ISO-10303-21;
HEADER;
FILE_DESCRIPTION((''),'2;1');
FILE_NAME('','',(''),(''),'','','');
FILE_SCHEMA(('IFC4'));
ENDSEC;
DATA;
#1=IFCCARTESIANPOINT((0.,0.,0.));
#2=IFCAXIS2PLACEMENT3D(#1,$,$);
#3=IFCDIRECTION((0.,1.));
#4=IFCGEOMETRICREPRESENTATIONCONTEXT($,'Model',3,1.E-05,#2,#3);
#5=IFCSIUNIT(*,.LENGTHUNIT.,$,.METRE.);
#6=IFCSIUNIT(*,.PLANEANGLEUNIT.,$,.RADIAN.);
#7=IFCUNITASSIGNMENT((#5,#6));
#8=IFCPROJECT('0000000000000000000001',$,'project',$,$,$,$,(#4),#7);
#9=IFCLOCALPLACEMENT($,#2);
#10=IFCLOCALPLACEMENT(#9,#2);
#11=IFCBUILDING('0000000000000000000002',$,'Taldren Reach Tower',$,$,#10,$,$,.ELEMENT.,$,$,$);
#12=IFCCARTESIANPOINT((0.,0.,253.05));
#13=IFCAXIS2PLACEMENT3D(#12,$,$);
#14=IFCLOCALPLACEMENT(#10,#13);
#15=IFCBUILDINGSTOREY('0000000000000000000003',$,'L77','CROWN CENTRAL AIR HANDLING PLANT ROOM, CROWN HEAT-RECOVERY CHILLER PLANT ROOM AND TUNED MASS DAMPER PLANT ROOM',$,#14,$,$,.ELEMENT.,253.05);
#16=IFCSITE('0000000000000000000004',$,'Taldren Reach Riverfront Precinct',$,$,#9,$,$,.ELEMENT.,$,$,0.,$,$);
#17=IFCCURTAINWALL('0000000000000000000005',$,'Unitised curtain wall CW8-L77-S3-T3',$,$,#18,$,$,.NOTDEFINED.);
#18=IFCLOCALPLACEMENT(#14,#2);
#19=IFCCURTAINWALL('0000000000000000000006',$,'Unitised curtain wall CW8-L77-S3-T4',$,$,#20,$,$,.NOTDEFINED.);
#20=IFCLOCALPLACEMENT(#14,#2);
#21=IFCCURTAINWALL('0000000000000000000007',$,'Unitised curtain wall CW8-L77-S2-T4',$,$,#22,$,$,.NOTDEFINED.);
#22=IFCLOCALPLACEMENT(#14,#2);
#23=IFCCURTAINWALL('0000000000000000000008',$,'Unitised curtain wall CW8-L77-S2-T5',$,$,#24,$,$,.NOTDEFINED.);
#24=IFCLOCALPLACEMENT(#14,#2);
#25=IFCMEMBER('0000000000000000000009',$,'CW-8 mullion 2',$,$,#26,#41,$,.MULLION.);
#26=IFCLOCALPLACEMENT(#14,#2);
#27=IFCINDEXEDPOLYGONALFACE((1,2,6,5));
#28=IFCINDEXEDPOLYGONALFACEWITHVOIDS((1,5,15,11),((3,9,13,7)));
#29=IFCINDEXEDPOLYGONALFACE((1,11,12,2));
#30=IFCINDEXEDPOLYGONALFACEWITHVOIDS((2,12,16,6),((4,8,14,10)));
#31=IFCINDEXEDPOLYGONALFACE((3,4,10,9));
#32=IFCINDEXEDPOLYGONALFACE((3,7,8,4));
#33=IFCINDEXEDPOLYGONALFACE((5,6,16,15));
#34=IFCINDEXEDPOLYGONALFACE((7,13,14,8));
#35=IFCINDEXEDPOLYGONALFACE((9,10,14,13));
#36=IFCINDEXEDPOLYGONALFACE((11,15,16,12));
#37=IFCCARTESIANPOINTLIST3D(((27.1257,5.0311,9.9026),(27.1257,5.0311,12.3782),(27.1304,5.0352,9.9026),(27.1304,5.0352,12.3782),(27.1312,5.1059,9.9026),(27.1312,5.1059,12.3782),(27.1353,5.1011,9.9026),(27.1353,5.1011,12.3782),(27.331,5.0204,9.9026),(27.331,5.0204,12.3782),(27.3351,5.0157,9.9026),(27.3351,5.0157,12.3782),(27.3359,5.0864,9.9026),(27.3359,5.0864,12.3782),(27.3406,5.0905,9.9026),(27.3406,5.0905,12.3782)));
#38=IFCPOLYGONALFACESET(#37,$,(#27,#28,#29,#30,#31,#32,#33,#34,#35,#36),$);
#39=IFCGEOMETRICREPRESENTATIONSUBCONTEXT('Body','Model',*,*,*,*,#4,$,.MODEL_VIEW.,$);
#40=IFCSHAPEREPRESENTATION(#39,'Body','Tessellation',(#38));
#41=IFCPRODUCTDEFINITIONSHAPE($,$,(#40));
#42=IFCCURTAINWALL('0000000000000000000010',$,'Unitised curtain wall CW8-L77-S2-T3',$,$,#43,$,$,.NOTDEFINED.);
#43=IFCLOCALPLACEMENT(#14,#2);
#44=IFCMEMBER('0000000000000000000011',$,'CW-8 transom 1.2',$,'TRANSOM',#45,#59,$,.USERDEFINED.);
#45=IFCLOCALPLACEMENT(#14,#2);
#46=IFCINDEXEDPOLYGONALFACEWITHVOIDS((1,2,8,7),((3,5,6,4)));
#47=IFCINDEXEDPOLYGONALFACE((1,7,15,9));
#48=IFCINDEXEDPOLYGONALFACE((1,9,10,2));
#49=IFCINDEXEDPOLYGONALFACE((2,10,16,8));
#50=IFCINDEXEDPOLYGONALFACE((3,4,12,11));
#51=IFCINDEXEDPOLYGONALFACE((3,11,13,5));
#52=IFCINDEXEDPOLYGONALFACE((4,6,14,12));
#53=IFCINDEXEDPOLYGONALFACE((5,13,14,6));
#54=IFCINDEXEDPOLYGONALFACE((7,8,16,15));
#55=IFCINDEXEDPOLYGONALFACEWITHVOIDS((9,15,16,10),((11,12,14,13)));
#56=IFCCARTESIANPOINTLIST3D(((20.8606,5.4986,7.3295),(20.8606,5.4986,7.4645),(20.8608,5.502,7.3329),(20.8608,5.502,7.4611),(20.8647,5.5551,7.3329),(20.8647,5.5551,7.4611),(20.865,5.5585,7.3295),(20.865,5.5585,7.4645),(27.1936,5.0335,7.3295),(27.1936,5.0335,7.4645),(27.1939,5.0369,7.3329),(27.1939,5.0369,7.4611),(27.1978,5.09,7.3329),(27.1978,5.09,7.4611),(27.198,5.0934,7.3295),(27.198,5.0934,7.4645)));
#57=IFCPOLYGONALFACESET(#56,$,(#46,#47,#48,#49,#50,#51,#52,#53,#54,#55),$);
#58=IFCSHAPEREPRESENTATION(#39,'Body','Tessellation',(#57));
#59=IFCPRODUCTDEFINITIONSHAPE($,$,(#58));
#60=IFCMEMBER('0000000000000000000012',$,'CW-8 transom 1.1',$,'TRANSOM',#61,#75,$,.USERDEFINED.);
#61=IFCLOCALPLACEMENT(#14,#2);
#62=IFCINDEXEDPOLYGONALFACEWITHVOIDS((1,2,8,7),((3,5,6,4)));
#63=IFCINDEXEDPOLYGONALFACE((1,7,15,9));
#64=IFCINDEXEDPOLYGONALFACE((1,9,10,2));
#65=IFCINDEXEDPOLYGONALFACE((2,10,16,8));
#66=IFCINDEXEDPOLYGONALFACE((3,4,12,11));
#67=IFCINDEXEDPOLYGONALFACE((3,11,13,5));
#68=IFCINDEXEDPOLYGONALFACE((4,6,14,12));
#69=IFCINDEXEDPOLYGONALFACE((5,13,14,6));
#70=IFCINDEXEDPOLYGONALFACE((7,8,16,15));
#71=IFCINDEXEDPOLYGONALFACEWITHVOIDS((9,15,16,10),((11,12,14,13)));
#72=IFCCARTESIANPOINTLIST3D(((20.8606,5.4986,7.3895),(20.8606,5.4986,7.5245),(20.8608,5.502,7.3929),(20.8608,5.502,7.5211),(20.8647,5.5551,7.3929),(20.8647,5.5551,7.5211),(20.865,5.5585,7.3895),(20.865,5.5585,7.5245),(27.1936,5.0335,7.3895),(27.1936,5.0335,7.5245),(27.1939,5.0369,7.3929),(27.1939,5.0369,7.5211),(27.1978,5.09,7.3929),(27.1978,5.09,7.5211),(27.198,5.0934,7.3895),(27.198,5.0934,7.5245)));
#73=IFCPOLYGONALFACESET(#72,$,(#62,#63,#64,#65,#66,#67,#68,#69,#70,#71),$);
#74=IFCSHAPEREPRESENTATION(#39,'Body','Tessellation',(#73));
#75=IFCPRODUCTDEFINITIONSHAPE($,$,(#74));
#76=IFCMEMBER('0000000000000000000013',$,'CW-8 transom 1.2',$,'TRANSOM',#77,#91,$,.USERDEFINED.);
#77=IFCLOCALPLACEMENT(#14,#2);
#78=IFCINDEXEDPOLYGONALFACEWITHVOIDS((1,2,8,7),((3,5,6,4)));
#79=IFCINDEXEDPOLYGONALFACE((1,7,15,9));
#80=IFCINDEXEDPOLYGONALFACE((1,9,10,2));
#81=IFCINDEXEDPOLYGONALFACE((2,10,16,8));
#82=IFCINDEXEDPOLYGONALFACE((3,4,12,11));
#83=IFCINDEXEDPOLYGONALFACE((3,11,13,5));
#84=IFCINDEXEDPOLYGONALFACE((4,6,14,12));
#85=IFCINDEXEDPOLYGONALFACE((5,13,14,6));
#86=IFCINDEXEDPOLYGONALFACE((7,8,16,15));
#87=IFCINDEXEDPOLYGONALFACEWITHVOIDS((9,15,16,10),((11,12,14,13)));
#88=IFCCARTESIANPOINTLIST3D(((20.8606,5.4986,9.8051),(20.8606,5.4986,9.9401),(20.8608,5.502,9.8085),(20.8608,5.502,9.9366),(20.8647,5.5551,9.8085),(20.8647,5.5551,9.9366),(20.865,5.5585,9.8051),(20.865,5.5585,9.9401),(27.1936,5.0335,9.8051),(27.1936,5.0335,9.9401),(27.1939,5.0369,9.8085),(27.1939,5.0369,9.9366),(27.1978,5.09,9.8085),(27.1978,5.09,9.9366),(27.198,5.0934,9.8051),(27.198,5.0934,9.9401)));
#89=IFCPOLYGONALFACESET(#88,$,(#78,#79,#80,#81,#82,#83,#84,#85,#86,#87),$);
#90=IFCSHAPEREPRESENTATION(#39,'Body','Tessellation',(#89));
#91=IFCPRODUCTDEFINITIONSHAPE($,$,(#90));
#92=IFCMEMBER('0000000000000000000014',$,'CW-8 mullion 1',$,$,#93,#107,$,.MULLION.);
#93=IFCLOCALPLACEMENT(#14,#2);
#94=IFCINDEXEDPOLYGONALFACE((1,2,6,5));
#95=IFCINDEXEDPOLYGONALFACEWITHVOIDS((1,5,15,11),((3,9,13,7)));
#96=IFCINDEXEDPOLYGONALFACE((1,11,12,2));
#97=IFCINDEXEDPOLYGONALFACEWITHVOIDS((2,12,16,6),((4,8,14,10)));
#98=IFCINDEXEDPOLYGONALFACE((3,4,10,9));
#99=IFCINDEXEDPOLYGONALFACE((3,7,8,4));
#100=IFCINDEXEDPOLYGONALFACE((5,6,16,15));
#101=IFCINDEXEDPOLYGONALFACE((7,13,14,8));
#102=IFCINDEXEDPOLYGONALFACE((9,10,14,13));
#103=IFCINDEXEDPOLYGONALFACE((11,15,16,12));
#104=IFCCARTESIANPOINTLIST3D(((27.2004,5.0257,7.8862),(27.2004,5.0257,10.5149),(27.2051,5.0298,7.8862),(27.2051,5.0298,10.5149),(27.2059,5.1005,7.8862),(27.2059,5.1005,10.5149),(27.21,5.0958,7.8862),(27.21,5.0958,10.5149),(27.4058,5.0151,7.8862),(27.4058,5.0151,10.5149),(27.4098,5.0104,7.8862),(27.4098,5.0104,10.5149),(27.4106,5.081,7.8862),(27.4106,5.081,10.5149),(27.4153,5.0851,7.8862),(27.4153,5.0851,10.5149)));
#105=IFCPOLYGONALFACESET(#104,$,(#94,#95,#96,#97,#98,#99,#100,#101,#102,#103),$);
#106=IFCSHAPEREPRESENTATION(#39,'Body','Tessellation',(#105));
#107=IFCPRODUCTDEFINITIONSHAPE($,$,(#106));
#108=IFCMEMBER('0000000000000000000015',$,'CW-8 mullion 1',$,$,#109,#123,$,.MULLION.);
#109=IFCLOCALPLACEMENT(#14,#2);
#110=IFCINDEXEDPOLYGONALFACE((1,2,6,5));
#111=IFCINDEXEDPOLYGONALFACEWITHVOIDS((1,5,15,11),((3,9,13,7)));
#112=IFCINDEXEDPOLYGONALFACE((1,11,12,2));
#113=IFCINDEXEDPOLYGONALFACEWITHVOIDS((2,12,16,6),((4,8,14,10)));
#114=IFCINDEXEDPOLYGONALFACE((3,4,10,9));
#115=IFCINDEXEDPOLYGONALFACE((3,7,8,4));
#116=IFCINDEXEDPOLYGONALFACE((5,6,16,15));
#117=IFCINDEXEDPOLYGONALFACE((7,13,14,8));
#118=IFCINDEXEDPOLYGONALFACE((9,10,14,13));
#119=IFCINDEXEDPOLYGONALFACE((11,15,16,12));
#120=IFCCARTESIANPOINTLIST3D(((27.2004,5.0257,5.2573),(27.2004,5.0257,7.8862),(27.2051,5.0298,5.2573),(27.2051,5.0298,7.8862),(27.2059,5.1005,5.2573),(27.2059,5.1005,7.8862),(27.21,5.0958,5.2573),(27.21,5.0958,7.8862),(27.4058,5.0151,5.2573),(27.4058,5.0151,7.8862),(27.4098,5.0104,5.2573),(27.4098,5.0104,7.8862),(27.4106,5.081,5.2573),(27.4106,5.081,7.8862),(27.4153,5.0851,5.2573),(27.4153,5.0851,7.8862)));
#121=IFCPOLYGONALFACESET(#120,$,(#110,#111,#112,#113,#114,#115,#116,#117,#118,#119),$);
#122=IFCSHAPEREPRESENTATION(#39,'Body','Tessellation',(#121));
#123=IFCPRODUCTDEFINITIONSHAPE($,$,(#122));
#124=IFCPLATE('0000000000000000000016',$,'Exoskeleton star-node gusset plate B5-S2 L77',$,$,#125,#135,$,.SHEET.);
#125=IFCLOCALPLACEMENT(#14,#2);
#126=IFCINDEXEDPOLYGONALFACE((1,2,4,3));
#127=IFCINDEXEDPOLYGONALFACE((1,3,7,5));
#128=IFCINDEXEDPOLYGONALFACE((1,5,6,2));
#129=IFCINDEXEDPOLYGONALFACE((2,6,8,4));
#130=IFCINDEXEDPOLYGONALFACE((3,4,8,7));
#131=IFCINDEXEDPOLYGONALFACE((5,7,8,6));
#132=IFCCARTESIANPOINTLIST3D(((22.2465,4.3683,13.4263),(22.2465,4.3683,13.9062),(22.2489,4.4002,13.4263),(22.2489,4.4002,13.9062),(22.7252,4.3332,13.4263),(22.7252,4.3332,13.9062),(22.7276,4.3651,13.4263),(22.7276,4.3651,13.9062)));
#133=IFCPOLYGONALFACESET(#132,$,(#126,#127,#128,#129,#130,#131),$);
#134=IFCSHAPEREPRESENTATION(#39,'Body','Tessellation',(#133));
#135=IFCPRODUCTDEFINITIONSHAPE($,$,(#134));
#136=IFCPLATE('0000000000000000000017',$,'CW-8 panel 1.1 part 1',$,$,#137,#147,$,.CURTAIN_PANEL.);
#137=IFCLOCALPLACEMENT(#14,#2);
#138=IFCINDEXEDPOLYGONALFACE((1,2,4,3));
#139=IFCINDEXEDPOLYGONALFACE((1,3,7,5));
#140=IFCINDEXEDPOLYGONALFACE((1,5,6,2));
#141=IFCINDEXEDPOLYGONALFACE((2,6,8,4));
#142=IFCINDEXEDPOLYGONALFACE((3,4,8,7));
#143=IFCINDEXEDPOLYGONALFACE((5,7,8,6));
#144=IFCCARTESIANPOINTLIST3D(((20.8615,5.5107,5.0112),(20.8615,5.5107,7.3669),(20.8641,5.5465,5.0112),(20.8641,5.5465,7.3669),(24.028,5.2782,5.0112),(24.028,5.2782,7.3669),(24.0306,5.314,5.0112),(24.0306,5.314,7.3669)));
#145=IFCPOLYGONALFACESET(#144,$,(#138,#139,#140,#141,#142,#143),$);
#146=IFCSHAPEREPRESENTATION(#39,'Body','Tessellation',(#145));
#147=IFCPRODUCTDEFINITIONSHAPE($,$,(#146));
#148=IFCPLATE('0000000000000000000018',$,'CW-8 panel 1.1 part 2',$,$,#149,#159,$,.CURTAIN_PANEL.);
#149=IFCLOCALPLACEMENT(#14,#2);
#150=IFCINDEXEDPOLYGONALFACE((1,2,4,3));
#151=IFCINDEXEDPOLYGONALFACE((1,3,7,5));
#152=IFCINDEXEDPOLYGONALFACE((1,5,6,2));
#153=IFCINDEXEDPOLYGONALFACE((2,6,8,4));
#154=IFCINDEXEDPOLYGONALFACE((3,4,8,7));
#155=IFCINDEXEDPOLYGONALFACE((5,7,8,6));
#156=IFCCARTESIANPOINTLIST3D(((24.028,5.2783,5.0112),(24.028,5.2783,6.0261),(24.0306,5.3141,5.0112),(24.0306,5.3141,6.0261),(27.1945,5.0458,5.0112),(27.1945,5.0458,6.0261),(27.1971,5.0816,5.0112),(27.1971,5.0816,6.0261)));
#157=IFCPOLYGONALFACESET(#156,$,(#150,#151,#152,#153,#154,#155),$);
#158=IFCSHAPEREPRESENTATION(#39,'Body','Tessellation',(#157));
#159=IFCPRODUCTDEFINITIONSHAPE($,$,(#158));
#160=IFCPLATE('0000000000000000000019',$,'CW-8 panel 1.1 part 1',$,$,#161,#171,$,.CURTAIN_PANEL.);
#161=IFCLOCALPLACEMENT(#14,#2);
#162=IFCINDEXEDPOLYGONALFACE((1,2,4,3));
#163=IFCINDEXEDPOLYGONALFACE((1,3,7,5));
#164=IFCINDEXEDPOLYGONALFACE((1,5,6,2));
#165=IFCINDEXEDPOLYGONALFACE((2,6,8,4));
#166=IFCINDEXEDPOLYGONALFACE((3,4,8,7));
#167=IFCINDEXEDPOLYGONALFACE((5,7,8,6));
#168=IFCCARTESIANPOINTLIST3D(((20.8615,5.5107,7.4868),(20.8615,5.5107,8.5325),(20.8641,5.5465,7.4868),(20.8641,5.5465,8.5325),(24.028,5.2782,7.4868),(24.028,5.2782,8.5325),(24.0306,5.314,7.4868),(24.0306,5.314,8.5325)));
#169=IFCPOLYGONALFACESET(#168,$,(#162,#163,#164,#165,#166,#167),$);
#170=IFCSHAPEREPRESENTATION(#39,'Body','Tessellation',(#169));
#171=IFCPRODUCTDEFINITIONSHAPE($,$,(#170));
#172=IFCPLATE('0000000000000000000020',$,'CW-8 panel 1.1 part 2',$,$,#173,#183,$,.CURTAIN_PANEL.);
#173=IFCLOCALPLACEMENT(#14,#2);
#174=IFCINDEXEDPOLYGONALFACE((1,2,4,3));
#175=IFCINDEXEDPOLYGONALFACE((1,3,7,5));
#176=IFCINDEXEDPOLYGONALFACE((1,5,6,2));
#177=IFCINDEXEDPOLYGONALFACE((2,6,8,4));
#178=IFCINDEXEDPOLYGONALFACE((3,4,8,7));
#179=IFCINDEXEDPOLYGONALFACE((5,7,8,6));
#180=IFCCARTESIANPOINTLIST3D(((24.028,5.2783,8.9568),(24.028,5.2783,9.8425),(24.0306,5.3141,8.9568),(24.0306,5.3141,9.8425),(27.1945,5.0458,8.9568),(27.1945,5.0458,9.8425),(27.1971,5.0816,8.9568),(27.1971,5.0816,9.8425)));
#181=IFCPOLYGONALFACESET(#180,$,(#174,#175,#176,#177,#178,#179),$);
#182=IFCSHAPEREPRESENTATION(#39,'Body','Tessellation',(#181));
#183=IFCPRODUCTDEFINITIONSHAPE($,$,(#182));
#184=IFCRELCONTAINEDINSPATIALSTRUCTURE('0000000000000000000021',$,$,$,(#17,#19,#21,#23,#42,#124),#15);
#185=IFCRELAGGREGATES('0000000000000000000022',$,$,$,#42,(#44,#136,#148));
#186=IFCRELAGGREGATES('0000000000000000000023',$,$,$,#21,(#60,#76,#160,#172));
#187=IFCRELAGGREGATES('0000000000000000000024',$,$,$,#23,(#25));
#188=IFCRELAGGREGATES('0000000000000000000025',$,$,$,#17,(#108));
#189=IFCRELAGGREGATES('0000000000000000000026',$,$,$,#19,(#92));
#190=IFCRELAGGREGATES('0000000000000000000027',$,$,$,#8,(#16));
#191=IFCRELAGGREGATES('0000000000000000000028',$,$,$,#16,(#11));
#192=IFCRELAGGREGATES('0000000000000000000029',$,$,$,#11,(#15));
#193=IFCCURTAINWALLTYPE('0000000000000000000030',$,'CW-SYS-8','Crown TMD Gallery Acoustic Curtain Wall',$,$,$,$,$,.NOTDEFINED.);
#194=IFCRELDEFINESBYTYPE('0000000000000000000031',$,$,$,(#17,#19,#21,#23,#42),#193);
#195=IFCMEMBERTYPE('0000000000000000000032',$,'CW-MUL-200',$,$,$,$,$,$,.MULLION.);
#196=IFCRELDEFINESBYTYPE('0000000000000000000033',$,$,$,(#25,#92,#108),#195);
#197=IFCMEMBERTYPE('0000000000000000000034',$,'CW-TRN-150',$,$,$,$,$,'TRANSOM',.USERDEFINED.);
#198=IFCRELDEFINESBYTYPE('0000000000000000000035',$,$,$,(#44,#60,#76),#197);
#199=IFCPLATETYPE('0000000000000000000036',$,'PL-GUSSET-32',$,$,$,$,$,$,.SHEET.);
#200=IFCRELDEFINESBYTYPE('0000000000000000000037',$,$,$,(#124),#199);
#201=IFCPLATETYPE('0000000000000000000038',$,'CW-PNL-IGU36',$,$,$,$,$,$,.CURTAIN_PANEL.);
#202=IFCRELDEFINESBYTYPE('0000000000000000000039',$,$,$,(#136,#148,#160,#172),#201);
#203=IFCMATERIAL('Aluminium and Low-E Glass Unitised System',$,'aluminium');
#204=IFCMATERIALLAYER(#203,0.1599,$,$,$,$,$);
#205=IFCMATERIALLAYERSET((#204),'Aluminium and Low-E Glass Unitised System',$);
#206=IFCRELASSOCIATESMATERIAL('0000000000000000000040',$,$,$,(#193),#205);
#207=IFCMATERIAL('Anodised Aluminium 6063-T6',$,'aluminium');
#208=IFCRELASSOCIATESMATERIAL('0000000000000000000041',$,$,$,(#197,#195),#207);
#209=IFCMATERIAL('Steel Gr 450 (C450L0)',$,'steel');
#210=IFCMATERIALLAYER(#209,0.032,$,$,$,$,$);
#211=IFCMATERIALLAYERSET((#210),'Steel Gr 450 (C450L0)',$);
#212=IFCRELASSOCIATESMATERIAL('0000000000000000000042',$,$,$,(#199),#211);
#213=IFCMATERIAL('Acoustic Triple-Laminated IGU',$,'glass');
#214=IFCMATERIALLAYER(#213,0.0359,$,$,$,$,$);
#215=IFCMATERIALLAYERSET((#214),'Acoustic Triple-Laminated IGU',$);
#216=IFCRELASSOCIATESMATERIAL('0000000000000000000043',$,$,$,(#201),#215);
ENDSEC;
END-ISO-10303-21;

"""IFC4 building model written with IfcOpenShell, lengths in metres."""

from ifc_helpers import new_model, si_unit, direction, frame, origin, origin_2d, place, context, subcontext, project, spatial, rectangle, hollow_rectangle, extrude, source, transform, mapped, material, layer, layer_set, material_profile, profile_set, type_object, element, aggregate, save


model = new_model("IFC4")

# Units and contexts
model_context = context("Model", 3, precision=1e-05, world=origin(), true_north=direction((0.0, 1.0)))
body_context = subcontext(model_context, "Body", "Model", "MODEL_VIEW")
ifc_project = project(units=[si_unit("LENGTHUNIT", "METRE"), si_unit("PLANEANGLEUNIT", "RADIAN")], contexts=[model_context])

# Site, building, storey
site_placement = place(None, origin())
site = spatial("IfcSite", under=ifc_project, at=site_placement, Name="Taldren Reach Riverfront Precinct", CompositionType="ELEMENT", RefElevation=0.0)
building_placement = place(site_placement, origin())
building = spatial("IfcBuilding", under=site, at=building_placement, Name="Taldren Reach Tower", CompositionType="ELEMENT")
storey_placement = place(building_placement, frame((0.0, 0.0, 253.05)))
storey = spatial("IfcBuildingStorey", under=building, at=storey_placement, Name="L77", Description="CROWN CENTRAL AIR HANDLING PLANT ROOM, CROWN HEAT-RECOVERY CHILLER PLANT ROOM AND TUNED MASS DAMPER PLANT ROOM", CompositionType="ELEMENT", Elevation=253.05)

# Shared definitions
ifc_material_1 = material(Name="Aluminium and Low-E Glass Unitised System", Category="aluminium")
ifc_layer_1 = layer(ifc_material_1, 0.1599)
ifc_layer_set_1 = layer_set([ifc_layer_1], Name="Aluminium and Low-E Glass Unitised System")
curtain_wall_type = type_object("IfcCurtainWallType", Name="CW-SYS-8", Description="Crown TMD Gallery Acoustic Curtain Wall", PredefinedType="NOTDEFINED", material=ifc_layer_set_1)
ifc_material_2 = material(Name="Anodised Aluminium 6063-T6", Category="aluminium")
ifc_material_profile_1 = material_profile(ifc_material_2, hollow_rectangle(XDim=0.0601, YDim=0.135, WallThickness=0.0034, at=origin_2d()), Name="ALU-135x60x3.5RHS")
ifc_profile_set_1 = profile_set([ifc_material_profile_1], Name="Anodised Aluminium 6063-T6")
member_type_1 = type_object("IfcMemberType", Name="CW-TRN-150", ElementType="TRANSOM", PredefinedType="USERDEFINED", material=ifc_profile_set_1)

# Curtain walls
curtain_wall_1_placement = place(storey_placement, origin())
curtain_wall_1 = element("IfcCurtainWall", 1, at=curtain_wall_1_placement, inside=storey, type_object=curtain_wall_type, Name="Unitised curtain wall CW8-L77-S3-T3", PredefinedType="NOTDEFINED")
curtain_wall_2_placement = place(storey_placement, origin())
curtain_wall_2 = element("IfcCurtainWall", 2, at=curtain_wall_2_placement, inside=storey, type_object=curtain_wall_type, Name="Unitised curtain wall CW8-L77-S3-T4", PredefinedType="NOTDEFINED")

# Curtain walls, members
curtain_wall_3_placement = place(storey_placement, origin())
curtain_wall_3 = element("IfcCurtainWall", 3, at=curtain_wall_3_placement, inside=storey, type_object=curtain_wall_type, Name="Unitised curtain wall CW8-L77-S2-T4", PredefinedType="NOTDEFINED")
ifc_material_profile_2 = material_profile(ifc_material_2, hollow_rectangle(XDim=0.075, YDim=0.21, WallThickness=0.0044, at=origin_2d()), Name="ALU-210x75x4.5RHS")
ifc_profile_set_2 = profile_set([ifc_material_profile_2], Name="Anodised Aluminium 6063-T6")
member_type_2 = type_object("IfcMemberType", Name="CW-MUL-200", PredefinedType="MULLION", material=ifc_profile_set_2)
shared_shape_1 = source(origin(), body_context, "Body", "SweptSolid", [
    extrude(hollow_rectangle(XDim=0.075, YDim=0.21, WallThickness=0.0044, at=origin_2d()), origin(), (0.0, 0.0, 1.0), 2.4756),
])
curtain_wall_4_placement = place(storey_placement, origin())
curtain_wall_4 = element("IfcCurtainWall", 4, at=curtain_wall_4_placement, inside=storey, type_object=curtain_wall_type, Name="Unitised curtain wall CW8-L77-S2-T5", PredefinedType="NOTDEFINED")
member_1_placement = place(storey_placement, frame((27.2332, 5.0608, 9.9026), z_axis=(0.0, 0.0, 1.0), x_axis=(0.073238, 0.997314, 0.0)))
member_1 = element("IfcMember", 5, at=member_1_placement, type_object=member_type_2, Name="CW-8 mullion 2", PredefinedType="MULLION", context=body_context, shape_type="MappedRepresentation", body=[
    mapped(shared_shape_1, transform((0.0, 0.0, 0.0), scale=1.0)),
])
curtain_wall_5_placement = place(storey_placement, origin())
curtain_wall_5 = element("IfcCurtainWall", 6, at=curtain_wall_5_placement, inside=storey, type_object=curtain_wall_type, Name="Unitised curtain wall CW8-L77-S2-T3", PredefinedType="NOTDEFINED")
shared_shape_2 = source(origin(), body_context, "Body", "SweptSolid", [
    extrude(hollow_rectangle(XDim=0.0601, YDim=0.135, WallThickness=0.0034, at=origin_2d()), origin(), (0.0, 0.0, 1.0), 6.3501),
])
member_2_placement = place(storey_placement, frame((20.8628, 5.5286, 7.397), z_axis=(0.997314, -0.073241, 0.0), x_axis=(0.073241, 0.997314, 0.0)))
member_2 = element("IfcMember", 7, at=member_2_placement, type_object=member_type_1, Name="CW-8 transom 1.2", ObjectType="TRANSOM", PredefinedType="USERDEFINED", context=body_context, shape_type="MappedRepresentation", body=[
    mapped(shared_shape_2, transform((0.0, 0.0, 0.0), scale=1.0)),
])

# Members
member_3_placement = place(storey_placement, frame((20.8628, 5.5286, 7.457), z_axis=(0.997314, -0.073241, 0.0), x_axis=(0.073241, 0.997314, 0.0)))
member_3 = element("IfcMember", 8, at=member_3_placement, type_object=member_type_1, Name="CW-8 transom 1.1", ObjectType="TRANSOM", PredefinedType="USERDEFINED", context=body_context, shape_type="MappedRepresentation", body=[
    mapped(shared_shape_2, transform((0.0, 0.0, 0.0), scale=1.0)),
])
member_4_placement = place(storey_placement, frame((20.8628, 5.5286, 9.8726), z_axis=(0.997314, -0.073241, 0.0), x_axis=(0.073241, 0.997314, 0.0)))
member_4 = element("IfcMember", 9, at=member_4_placement, type_object=member_type_1, Name="CW-8 transom 1.2", ObjectType="TRANSOM", PredefinedType="USERDEFINED", context=body_context, shape_type="MappedRepresentation", body=[
    mapped(shared_shape_2, transform((0.0, 0.0, 0.0), scale=1.0)),
])
shared_shape_3 = source(origin(), body_context, "Body", "SweptSolid", [
    extrude(hollow_rectangle(XDim=0.075, YDim=0.21, WallThickness=0.0044, at=origin_2d()), origin(), (0.0, 0.0, 1.0), 2.6287),
])
member_5_placement = place(storey_placement, frame((27.3079, 5.0554, 7.8862), z_axis=(0.0, 0.0, 1.0), x_axis=(0.073237, 0.997315, 0.0)))
member_5 = element("IfcMember", 10, at=member_5_placement, type_object=member_type_2, Name="CW-8 mullion 1", PredefinedType="MULLION", context=body_context, shape_type="MappedRepresentation", body=[
    mapped(shared_shape_3, transform((0.0, 0.0, 0.0), scale=1.0)),
])
shared_shape_4 = source(origin(), body_context, "Body", "SweptSolid", [
    extrude(hollow_rectangle(XDim=0.075, YDim=0.21, WallThickness=0.0044, at=origin_2d()), origin(), (0.0, 0.0, 1.0), 2.6289),
])
member_6_placement = place(storey_placement, frame((27.3079, 5.0554, 5.2573), z_axis=(0.0, 0.0, 1.0), x_axis=(0.073237, 0.997315, 0.0)))
member_6 = element("IfcMember", 11, at=member_6_placement, type_object=member_type_2, Name="CW-8 mullion 1", PredefinedType="MULLION", context=body_context, shape_type="MappedRepresentation", body=[
    mapped(shared_shape_4, transform((0.0, 0.0, 0.0), scale=1.0)),
])

# Plates
ifc_material_3 = material(Name="Steel Gr 450 (C450L0)", Category="steel")
ifc_layer_2 = layer(ifc_material_3, 0.032)
ifc_layer_set_2 = layer_set([ifc_layer_2], Name="Steel Gr 450 (C450L0)")
plate_type_1 = type_object("IfcPlateType", Name="PL-GUSSET-32", PredefinedType="SHEET", material=ifc_layer_set_2)
shared_shape_5 = source(origin(), body_context, "Body", "SweptSolid", [
    extrude(rectangle(XDim=0.48, YDim=0.032, at=origin_2d()), origin(), (0.0, 0.0, 1.0), 0.48),
])
plate_1_placement = place(storey_placement, frame((22.4871, 4.3667, 13.4263), z_axis=(0.0, 0.0, 1.0), x_axis=(0.997314, -0.073238, 0.0)))
element("IfcPlate", 12, at=plate_1_placement, inside=storey, type_object=plate_type_1, Name="Exoskeleton star-node gusset plate B5-S2 L77", PredefinedType="SHEET", context=body_context, shape_type="MappedRepresentation", body=[
    mapped(shared_shape_5, transform((0.0, 0.0, 0.0), scale=1.0)),
])
ifc_material_4 = material(Name="Acoustic Triple-Laminated IGU", Category="glass")
ifc_layer_3 = layer(ifc_material_4, 0.0359)
ifc_layer_set_3 = layer_set([ifc_layer_3], Name="Acoustic Triple-Laminated IGU")
plate_type_2 = type_object("IfcPlateType", Name="CW-PNL-IGU36", PredefinedType="CURTAIN_PANEL", material=ifc_layer_set_3)
shared_shape_6 = source(origin(), body_context, "Body", "SweptSolid", [
    extrude(rectangle(XDim=3.175, YDim=0.0359, at=origin_2d()), origin(), (0.0, 0.0, 1.0), 2.3557),
])
plate_2_placement = place(storey_placement, frame((22.446, 5.4124, 5.0112), z_axis=(0.0, 0.0, 1.0), x_axis=(0.997314, -0.073238, 0.0)))
plate_2 = element("IfcPlate", 13, at=plate_2_placement, type_object=plate_type_2, Name="CW-8 panel 1.1 part 1", PredefinedType="CURTAIN_PANEL", context=body_context, shape_type="MappedRepresentation", body=[
    mapped(shared_shape_6, transform((0.0, 0.0, 0.0), scale=1.0)),
])
shared_shape_7 = source(origin(), body_context, "Body", "SweptSolid", [
    extrude(rectangle(XDim=3.175, YDim=0.0359, at=origin_2d()), origin(), (0.0, 0.0, 1.0), 1.0149),
])
plate_3_placement = place(storey_placement, frame((25.6125, 5.1799, 5.0112), z_axis=(0.0, 0.0, 1.0), x_axis=(0.997314, -0.073238, 0.0)))
plate_3 = element("IfcPlate", 14, at=plate_3_placement, type_object=plate_type_2, Name="CW-8 panel 1.1 part 2", PredefinedType="CURTAIN_PANEL", context=body_context, shape_type="MappedRepresentation", body=[
    mapped(shared_shape_7, transform((0.0, 0.0, 0.0), scale=1.0)),
])
aggregate(curtain_wall_5, [member_2, plate_2, plate_3])
shared_shape_8 = source(origin(), body_context, "Body", "SweptSolid", [
    extrude(rectangle(XDim=3.175, YDim=0.0359, at=origin_2d()), origin(), (0.0, 0.0, 1.0), 1.0457),
])
plate_4_placement = place(storey_placement, frame((22.446, 5.4124, 7.4868), z_axis=(0.0, 0.0, 1.0), x_axis=(0.997314, -0.073238, 0.0)))
plate_4 = element("IfcPlate", 15, at=plate_4_placement, type_object=plate_type_2, Name="CW-8 panel 1.1 part 1", PredefinedType="CURTAIN_PANEL", context=body_context, shape_type="MappedRepresentation", body=[
    mapped(shared_shape_8, transform((0.0, 0.0, 0.0), scale=1.0)),
])
shared_shape_9 = source(origin(), body_context, "Body", "SweptSolid", [
    extrude(rectangle(XDim=3.175, YDim=0.0359, at=origin_2d()), origin(), (0.0, 0.0, 1.0), 0.8857),
])
plate_5_placement = place(storey_placement, frame((25.6125, 5.1799, 8.9568), z_axis=(0.0, 0.0, 1.0), x_axis=(0.997314, -0.073238, 0.0)))
plate_5 = element("IfcPlate", 16, at=plate_5_placement, type_object=plate_type_2, Name="CW-8 panel 1.1 part 2", PredefinedType="CURTAIN_PANEL", context=body_context, shape_type="MappedRepresentation", body=[
    mapped(shared_shape_9, transform((0.0, 0.0, 0.0), scale=1.0)),
])
aggregate(curtain_wall_3, [member_3, member_4, plate_4, plate_5])
aggregate(curtain_wall_4, [member_1])
aggregate(curtain_wall_1, [member_6])
aggregate(curtain_wall_2, [member_5])

save(model, "model.ifc")
